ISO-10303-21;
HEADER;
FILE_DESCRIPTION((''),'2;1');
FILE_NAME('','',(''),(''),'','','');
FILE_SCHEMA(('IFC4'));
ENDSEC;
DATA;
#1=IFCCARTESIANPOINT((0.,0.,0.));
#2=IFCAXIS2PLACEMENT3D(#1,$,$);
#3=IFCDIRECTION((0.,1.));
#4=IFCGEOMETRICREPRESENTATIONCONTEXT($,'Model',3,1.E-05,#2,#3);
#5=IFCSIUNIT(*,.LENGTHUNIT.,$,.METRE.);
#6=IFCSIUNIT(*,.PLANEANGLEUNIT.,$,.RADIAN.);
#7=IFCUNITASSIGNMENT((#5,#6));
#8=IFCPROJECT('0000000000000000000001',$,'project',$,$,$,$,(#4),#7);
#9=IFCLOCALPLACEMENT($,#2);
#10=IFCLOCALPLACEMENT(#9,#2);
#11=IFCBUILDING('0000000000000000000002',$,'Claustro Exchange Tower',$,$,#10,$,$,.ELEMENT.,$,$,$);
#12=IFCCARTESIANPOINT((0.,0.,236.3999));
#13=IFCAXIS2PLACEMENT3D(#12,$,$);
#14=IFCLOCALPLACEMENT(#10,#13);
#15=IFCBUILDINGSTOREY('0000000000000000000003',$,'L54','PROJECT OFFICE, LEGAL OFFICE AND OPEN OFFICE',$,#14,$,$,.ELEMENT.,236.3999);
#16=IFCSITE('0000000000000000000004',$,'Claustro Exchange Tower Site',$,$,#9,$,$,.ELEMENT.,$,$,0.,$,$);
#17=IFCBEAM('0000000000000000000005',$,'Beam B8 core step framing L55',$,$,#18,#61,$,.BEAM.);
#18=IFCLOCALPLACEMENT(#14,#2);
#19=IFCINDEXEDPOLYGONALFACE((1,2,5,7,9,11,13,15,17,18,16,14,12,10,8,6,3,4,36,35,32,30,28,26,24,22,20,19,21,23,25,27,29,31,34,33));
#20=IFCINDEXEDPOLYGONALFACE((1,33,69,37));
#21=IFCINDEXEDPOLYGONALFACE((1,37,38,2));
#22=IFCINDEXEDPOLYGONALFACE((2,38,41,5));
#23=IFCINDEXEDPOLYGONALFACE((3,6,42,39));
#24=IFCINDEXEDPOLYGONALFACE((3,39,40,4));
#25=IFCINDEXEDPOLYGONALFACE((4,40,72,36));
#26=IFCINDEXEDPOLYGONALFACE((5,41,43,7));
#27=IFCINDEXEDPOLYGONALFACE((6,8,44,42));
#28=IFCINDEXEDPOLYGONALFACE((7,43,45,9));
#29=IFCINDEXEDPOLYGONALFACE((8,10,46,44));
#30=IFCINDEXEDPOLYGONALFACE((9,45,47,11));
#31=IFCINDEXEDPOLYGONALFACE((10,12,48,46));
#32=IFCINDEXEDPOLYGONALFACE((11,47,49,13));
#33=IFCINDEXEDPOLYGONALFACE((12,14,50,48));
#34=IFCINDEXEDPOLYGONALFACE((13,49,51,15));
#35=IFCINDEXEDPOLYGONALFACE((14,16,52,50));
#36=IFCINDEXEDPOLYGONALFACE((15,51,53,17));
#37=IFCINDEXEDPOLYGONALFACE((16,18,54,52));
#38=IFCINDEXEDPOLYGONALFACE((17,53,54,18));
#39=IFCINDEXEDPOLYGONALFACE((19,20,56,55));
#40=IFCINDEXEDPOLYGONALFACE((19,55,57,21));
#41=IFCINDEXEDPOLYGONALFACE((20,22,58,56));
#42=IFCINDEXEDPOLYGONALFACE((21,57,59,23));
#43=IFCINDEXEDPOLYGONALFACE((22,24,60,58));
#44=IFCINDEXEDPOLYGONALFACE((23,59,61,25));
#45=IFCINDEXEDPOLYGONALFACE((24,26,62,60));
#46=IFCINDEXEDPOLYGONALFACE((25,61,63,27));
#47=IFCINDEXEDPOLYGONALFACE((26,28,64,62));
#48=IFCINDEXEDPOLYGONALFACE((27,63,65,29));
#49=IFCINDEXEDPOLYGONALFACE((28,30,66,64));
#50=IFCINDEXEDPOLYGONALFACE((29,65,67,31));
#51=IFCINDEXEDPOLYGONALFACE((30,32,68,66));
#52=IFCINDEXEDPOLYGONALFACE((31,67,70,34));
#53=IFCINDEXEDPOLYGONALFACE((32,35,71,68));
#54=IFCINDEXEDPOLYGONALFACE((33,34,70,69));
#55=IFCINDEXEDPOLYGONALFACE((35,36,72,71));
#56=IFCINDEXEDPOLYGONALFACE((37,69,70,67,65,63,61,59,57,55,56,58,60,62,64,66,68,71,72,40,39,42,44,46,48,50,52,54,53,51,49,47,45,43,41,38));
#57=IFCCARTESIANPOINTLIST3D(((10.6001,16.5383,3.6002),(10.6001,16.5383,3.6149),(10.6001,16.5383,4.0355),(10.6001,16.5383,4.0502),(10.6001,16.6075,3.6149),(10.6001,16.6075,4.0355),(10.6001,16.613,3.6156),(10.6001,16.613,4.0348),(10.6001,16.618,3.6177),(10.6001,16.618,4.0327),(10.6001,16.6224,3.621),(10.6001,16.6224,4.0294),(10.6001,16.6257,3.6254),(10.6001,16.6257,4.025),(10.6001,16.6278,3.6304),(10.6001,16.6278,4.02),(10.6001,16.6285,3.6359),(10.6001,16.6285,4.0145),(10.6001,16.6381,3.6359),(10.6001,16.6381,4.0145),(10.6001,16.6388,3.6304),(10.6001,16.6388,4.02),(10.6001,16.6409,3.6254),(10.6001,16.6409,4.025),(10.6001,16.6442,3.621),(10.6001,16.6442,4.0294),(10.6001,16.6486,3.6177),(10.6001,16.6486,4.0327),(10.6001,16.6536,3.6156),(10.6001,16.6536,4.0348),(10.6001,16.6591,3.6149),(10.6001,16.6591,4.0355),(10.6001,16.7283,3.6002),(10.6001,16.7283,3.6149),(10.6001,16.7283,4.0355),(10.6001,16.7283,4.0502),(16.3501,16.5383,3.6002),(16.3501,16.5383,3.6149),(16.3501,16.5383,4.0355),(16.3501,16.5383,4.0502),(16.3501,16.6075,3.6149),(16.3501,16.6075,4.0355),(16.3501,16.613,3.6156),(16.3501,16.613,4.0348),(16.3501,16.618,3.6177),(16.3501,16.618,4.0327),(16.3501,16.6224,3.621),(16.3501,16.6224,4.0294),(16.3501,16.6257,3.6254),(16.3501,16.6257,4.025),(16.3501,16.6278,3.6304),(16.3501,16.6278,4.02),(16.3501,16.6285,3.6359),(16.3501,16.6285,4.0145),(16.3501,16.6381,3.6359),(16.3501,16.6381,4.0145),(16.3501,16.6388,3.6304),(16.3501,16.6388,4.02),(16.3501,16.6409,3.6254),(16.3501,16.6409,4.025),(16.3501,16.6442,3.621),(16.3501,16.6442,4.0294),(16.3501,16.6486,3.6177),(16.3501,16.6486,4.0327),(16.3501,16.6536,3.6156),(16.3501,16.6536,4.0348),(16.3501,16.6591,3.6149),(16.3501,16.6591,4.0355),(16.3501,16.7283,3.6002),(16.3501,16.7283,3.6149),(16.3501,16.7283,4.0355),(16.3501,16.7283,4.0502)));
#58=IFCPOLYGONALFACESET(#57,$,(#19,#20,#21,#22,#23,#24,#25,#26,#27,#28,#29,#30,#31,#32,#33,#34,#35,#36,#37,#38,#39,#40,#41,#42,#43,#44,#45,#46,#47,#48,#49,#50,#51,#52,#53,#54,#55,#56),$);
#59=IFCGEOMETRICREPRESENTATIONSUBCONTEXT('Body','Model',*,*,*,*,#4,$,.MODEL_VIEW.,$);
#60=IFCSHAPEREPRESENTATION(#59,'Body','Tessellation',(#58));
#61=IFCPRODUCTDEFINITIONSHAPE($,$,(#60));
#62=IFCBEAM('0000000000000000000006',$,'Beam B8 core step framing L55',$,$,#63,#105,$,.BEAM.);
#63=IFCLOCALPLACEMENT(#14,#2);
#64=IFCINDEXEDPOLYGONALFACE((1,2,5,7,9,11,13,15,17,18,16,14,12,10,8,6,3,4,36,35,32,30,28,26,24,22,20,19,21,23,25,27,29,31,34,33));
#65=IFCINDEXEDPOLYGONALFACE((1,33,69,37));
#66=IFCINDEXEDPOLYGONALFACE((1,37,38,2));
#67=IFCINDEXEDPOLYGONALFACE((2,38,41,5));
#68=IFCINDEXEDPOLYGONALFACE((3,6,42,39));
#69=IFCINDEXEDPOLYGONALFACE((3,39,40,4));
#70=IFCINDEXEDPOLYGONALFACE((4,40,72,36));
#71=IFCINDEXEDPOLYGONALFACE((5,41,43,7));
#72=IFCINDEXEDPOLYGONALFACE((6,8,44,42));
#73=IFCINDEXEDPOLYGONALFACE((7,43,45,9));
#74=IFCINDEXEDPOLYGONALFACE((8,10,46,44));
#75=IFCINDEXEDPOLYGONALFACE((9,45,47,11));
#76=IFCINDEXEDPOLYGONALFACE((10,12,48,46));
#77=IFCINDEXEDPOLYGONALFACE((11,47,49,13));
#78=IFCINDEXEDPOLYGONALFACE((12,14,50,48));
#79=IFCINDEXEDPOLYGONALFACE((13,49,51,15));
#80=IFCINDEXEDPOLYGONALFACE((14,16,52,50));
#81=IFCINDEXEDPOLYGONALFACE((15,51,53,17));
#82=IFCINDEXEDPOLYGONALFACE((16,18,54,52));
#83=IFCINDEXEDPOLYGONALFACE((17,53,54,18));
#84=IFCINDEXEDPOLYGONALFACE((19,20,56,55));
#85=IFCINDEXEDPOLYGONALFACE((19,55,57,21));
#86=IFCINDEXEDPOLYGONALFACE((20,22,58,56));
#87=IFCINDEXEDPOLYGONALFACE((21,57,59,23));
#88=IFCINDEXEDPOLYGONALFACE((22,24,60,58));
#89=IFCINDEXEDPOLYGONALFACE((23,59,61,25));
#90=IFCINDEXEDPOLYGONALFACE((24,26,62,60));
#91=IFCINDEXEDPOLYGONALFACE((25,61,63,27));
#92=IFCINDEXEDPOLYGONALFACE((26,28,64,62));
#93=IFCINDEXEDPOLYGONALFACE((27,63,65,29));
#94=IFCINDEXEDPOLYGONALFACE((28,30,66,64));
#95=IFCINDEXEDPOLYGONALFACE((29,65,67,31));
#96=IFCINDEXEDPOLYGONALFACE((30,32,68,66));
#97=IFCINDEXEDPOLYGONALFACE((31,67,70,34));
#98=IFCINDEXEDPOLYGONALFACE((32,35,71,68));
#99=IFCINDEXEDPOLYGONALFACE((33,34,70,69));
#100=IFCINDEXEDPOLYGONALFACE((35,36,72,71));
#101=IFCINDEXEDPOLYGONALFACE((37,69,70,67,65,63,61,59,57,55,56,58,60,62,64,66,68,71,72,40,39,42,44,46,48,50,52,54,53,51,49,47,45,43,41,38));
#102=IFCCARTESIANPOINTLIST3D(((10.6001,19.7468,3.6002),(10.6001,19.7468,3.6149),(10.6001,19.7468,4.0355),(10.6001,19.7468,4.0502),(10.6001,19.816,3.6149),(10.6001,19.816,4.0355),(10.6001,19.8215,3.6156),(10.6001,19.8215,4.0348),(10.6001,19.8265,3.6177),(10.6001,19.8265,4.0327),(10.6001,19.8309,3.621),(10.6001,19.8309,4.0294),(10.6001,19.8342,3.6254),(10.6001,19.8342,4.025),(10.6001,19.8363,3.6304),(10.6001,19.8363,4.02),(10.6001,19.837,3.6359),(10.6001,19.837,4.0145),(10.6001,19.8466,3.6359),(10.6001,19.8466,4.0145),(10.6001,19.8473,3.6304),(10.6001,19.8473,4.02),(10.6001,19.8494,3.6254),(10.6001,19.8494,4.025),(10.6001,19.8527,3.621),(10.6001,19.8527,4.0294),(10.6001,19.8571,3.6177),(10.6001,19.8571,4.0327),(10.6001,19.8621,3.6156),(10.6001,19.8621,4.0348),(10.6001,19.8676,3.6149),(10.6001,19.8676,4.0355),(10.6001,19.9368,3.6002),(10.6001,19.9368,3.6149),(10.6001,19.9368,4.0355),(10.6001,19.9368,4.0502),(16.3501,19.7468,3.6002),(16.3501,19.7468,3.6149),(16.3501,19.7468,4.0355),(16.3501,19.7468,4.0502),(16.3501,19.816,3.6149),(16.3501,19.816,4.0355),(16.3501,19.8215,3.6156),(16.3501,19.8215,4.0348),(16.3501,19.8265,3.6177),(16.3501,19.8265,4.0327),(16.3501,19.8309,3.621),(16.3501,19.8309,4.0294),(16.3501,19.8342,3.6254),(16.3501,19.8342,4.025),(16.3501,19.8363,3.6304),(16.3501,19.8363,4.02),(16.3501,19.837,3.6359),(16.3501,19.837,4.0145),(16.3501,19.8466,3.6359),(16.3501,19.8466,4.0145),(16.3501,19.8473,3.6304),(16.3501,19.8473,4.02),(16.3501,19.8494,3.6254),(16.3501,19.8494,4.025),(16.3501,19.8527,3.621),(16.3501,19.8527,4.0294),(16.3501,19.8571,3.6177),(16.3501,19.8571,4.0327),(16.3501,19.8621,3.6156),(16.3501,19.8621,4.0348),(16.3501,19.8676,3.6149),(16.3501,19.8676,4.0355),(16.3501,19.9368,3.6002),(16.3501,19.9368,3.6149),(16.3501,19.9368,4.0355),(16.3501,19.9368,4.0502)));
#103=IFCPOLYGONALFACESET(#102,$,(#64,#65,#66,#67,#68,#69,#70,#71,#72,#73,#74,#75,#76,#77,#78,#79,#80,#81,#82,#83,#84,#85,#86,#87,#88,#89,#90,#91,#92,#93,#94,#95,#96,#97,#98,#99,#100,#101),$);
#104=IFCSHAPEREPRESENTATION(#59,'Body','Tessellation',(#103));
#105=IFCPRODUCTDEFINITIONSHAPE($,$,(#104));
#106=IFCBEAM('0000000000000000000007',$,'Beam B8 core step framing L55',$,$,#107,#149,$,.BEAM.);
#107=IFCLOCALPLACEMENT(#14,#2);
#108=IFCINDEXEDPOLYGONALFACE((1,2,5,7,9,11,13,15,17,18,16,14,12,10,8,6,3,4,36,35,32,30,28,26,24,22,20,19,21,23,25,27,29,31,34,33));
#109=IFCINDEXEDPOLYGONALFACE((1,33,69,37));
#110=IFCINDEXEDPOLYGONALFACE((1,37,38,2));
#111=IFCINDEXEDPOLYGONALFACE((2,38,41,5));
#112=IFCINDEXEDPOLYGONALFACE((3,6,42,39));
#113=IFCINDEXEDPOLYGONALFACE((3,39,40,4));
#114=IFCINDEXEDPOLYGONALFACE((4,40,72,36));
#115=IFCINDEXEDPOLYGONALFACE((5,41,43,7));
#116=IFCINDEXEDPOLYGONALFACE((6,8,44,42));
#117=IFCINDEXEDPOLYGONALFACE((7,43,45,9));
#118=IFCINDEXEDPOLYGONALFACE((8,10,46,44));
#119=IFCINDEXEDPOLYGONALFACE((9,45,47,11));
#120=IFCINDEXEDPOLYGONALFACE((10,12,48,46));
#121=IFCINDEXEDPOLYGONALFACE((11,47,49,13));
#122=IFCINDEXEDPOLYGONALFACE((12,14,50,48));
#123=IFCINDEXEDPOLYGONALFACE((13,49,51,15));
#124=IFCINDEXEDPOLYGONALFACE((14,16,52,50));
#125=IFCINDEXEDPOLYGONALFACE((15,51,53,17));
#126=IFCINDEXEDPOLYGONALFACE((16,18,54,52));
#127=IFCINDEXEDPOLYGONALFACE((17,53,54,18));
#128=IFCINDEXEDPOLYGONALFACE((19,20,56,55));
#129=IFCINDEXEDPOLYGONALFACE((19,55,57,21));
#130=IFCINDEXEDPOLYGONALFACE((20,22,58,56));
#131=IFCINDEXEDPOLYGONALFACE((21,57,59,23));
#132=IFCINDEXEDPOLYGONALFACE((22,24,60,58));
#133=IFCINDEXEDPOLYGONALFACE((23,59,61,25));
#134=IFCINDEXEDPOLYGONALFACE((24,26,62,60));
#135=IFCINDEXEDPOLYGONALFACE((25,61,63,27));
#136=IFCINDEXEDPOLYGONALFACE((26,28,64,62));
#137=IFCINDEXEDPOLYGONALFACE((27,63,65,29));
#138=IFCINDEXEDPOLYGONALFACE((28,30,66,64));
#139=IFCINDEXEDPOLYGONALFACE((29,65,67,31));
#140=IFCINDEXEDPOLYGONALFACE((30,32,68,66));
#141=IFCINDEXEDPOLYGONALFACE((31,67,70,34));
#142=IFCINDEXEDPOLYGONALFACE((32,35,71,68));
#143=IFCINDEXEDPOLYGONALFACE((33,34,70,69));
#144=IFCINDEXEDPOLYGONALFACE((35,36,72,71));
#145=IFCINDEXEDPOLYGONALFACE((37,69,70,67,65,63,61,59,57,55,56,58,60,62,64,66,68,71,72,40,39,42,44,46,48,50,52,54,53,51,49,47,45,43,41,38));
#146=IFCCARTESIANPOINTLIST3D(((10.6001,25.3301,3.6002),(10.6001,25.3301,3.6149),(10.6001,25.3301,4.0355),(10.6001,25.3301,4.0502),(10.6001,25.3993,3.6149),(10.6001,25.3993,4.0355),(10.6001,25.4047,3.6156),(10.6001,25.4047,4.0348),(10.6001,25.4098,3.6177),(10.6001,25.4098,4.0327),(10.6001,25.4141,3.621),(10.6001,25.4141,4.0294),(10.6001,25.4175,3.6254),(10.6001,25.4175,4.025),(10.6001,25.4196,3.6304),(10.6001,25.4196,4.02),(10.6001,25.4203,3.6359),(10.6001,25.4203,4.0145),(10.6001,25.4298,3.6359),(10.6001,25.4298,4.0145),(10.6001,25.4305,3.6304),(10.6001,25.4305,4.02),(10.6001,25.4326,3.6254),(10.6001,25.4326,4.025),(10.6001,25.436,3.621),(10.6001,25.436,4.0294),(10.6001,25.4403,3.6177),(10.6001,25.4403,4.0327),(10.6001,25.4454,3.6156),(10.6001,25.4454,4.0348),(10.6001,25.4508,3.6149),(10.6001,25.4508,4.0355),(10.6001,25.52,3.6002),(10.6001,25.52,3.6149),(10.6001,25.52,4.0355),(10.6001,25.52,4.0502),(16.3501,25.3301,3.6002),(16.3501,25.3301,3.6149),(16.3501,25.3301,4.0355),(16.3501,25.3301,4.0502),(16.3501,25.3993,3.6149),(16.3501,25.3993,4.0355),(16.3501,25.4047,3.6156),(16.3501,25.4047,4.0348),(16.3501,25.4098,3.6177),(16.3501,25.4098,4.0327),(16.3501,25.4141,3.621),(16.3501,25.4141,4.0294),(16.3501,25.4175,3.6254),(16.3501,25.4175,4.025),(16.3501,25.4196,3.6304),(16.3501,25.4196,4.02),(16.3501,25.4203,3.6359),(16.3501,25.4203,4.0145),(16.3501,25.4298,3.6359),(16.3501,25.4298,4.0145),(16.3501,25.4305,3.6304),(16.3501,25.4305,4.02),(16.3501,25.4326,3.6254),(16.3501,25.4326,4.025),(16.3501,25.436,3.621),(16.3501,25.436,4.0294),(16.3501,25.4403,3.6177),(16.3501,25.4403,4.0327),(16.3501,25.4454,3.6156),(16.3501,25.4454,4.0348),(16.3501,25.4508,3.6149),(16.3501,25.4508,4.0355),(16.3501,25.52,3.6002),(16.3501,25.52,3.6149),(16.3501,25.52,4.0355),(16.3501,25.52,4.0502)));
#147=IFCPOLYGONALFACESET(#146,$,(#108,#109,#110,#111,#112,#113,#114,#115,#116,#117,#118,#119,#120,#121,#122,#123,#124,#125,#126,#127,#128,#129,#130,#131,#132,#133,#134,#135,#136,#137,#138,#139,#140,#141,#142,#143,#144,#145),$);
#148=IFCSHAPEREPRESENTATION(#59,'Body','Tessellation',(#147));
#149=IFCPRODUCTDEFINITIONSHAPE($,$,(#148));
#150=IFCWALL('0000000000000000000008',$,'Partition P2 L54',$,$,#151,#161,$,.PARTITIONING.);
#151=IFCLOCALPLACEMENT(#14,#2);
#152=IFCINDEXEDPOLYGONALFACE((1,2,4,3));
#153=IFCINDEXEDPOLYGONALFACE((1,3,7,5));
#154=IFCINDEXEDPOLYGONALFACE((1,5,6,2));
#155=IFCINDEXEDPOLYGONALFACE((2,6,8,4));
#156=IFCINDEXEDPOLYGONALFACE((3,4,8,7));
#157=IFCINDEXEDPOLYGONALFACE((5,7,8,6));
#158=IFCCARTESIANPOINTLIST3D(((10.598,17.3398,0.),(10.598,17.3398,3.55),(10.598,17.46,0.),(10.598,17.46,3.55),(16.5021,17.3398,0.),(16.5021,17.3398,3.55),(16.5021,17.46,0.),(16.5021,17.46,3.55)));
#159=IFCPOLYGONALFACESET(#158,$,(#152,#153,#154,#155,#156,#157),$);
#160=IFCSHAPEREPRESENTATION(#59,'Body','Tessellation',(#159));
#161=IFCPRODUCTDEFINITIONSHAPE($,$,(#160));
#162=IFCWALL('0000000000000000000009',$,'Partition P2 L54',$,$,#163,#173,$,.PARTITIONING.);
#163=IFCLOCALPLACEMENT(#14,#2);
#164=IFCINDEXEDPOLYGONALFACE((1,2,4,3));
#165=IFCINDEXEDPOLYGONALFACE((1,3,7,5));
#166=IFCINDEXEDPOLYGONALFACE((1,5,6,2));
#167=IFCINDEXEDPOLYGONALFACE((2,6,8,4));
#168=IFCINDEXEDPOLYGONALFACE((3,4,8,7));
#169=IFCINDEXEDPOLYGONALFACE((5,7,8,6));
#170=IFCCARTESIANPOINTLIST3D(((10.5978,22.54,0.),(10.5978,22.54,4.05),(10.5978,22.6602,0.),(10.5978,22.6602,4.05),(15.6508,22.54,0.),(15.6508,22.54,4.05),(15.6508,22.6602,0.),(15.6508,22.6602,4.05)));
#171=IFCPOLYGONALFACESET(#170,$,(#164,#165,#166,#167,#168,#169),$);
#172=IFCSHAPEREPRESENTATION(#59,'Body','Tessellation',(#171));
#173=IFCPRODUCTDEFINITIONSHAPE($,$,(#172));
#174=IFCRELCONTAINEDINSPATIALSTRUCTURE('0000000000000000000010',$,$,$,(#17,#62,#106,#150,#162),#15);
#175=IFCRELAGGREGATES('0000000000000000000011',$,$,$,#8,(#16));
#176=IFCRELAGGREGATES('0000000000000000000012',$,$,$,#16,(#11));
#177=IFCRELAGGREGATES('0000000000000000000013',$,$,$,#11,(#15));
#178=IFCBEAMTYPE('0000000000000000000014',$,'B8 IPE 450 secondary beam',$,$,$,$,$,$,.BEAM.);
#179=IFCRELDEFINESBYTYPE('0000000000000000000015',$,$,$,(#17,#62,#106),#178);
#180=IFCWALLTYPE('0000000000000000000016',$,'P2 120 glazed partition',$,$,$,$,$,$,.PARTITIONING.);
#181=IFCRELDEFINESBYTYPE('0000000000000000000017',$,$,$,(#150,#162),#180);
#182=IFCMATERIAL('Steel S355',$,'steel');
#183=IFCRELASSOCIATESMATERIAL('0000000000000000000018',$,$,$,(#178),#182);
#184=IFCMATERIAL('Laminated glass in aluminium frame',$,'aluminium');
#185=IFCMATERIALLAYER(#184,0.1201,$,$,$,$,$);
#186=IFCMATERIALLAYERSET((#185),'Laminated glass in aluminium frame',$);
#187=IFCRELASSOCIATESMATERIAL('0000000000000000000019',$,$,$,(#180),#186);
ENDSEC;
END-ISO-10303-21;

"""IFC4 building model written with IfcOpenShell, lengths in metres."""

from ifc_helpers import new_model, si_unit, direction, frame, frame_2d, origin, origin_2d, place, context, subcontext, project, spatial, rectangle, i_section, extrude, material, layer, layer_set, material_profile, profile_set, type_object, element, save


model = new_model("IFC4")

# Units and contexts
model_context = context("Model", 3, precision=1e-05, world=origin(), true_north=direction((0.0, 1.0)))
body_context = subcontext(model_context, "Body", "Model", "MODEL_VIEW")
ifc_project = project(units=[si_unit("LENGTHUNIT", "METRE"), si_unit("PLANEANGLEUNIT", "RADIAN")], contexts=[model_context])

# Site, building, storey
site_placement = place(None, origin())
site = spatial("IfcSite", under=ifc_project, at=site_placement, Name="Claustro Exchange Tower Site", CompositionType="ELEMENT", RefElevation=0.0)
building_placement = place(site_placement, origin())
building = spatial("IfcBuilding", under=site, at=building_placement, Name="Claustro Exchange Tower", CompositionType="ELEMENT")
storey_placement = place(building_placement, frame((0.0, 0.0, 236.3999)))
storey = spatial("IfcBuildingStorey", under=building, at=storey_placement, Name="L54", Description="PROJECT OFFICE, LEGAL OFFICE AND OPEN OFFICE", CompositionType="ELEMENT", Elevation=236.3999)

# Beams
ifc_material_1 = material(Name="Steel S355", Category="steel")
ifc_material_profile_1 = material_profile(ifc_material_1, i_section(OverallWidth=0.1899, OverallDepth=0.45, WebThickness=0.0095, FlangeThickness=0.0146, FilletRadius=0.021, at=origin_2d()), Name="IPE 450")
ifc_profile_set_1 = profile_set([ifc_material_profile_1], Name="Steel S355")
beam_type_1 = type_object("IfcBeamType", Name="B8 IPE 450 secondary beam", PredefinedType="BEAM", material=ifc_profile_set_1)
for number, where, z_axis, x_axis, name in (
    (1, (10.6001, 16.6333, 3.8252), (1.0, 0.0, 0.0), (0.0, 1.0, 0.0), "Beam B8 core step framing L55"),
    (2, (10.6001, 19.8418, 3.8252), (1.0, 0.0, 0.0), (0.0, 1.0, 0.0), "Beam B8 core step framing L55"),
    (3, (10.6001, 25.425, 3.8252), (1.0, 0.0, 0.0), (0.0, 1.0, 0.0), "Beam B8 core step framing L55"),
):
    element("IfcBeam", number, at=place(storey_placement, frame(where, z_axis=z_axis, x_axis=x_axis)), inside=storey, type_object=beam_type_1, Name=name, PredefinedType="BEAM", context=body_context, shape_type="SweptSolid", body=[
        extrude(i_section(OverallWidth=0.1899, OverallDepth=0.45, WebThickness=0.0095, FlangeThickness=0.0146, FilletRadius=0.021, at=origin_2d()), origin(), (0.0, 0.0, 1.0), 5.75),
    ])

# Walls
ifc_material_2 = material(Name="Laminated glass in aluminium frame", Category="aluminium")
ifc_layer_1 = layer(ifc_material_2, 0.1201)
ifc_layer_set_1 = layer_set([ifc_layer_1], Name="Laminated glass in aluminium frame")
wall_type_1 = type_object("IfcWallType", Name="P2 120 glazed partition", PredefinedType="PARTITIONING", material=ifc_layer_set_1)
wall_1_placement = place(storey_placement, frame((10.5979, 17.3999, 0.0), z_axis=(0.0, 0.0, 1.0), x_axis=(1.0, 0.0, 0.0)))
element("IfcWall", 4, at=wall_1_placement, inside=storey, type_object=wall_type_1, Name="Partition P2 L54", PredefinedType="PARTITIONING", context=body_context, shape_type="SweptSolid", body=[
    extrude(rectangle(XDim=5.9041, YDim=0.1201, at=frame_2d((2.9521, 0.0))), origin(), (0.0, 0.0, 1.0), 3.55),
])
wall_2_placement = place(storey_placement, frame((10.5979, 22.6001, 0.0), z_axis=(0.0, 0.0, 1.0), x_axis=(1.0, 0.0, 0.0)))
element("IfcWall", 5, at=wall_2_placement, inside=storey, type_object=wall_type_1, Name="Partition P2 L54", PredefinedType="PARTITIONING", context=body_context, shape_type="SweptSolid", body=[
    extrude(rectangle(XDim=5.053, YDim=0.1201, at=frame_2d((2.5264, 0.0))), origin(), (0.0, 0.0, 1.0), 4.05),
])

save(model, "model.ifc")
